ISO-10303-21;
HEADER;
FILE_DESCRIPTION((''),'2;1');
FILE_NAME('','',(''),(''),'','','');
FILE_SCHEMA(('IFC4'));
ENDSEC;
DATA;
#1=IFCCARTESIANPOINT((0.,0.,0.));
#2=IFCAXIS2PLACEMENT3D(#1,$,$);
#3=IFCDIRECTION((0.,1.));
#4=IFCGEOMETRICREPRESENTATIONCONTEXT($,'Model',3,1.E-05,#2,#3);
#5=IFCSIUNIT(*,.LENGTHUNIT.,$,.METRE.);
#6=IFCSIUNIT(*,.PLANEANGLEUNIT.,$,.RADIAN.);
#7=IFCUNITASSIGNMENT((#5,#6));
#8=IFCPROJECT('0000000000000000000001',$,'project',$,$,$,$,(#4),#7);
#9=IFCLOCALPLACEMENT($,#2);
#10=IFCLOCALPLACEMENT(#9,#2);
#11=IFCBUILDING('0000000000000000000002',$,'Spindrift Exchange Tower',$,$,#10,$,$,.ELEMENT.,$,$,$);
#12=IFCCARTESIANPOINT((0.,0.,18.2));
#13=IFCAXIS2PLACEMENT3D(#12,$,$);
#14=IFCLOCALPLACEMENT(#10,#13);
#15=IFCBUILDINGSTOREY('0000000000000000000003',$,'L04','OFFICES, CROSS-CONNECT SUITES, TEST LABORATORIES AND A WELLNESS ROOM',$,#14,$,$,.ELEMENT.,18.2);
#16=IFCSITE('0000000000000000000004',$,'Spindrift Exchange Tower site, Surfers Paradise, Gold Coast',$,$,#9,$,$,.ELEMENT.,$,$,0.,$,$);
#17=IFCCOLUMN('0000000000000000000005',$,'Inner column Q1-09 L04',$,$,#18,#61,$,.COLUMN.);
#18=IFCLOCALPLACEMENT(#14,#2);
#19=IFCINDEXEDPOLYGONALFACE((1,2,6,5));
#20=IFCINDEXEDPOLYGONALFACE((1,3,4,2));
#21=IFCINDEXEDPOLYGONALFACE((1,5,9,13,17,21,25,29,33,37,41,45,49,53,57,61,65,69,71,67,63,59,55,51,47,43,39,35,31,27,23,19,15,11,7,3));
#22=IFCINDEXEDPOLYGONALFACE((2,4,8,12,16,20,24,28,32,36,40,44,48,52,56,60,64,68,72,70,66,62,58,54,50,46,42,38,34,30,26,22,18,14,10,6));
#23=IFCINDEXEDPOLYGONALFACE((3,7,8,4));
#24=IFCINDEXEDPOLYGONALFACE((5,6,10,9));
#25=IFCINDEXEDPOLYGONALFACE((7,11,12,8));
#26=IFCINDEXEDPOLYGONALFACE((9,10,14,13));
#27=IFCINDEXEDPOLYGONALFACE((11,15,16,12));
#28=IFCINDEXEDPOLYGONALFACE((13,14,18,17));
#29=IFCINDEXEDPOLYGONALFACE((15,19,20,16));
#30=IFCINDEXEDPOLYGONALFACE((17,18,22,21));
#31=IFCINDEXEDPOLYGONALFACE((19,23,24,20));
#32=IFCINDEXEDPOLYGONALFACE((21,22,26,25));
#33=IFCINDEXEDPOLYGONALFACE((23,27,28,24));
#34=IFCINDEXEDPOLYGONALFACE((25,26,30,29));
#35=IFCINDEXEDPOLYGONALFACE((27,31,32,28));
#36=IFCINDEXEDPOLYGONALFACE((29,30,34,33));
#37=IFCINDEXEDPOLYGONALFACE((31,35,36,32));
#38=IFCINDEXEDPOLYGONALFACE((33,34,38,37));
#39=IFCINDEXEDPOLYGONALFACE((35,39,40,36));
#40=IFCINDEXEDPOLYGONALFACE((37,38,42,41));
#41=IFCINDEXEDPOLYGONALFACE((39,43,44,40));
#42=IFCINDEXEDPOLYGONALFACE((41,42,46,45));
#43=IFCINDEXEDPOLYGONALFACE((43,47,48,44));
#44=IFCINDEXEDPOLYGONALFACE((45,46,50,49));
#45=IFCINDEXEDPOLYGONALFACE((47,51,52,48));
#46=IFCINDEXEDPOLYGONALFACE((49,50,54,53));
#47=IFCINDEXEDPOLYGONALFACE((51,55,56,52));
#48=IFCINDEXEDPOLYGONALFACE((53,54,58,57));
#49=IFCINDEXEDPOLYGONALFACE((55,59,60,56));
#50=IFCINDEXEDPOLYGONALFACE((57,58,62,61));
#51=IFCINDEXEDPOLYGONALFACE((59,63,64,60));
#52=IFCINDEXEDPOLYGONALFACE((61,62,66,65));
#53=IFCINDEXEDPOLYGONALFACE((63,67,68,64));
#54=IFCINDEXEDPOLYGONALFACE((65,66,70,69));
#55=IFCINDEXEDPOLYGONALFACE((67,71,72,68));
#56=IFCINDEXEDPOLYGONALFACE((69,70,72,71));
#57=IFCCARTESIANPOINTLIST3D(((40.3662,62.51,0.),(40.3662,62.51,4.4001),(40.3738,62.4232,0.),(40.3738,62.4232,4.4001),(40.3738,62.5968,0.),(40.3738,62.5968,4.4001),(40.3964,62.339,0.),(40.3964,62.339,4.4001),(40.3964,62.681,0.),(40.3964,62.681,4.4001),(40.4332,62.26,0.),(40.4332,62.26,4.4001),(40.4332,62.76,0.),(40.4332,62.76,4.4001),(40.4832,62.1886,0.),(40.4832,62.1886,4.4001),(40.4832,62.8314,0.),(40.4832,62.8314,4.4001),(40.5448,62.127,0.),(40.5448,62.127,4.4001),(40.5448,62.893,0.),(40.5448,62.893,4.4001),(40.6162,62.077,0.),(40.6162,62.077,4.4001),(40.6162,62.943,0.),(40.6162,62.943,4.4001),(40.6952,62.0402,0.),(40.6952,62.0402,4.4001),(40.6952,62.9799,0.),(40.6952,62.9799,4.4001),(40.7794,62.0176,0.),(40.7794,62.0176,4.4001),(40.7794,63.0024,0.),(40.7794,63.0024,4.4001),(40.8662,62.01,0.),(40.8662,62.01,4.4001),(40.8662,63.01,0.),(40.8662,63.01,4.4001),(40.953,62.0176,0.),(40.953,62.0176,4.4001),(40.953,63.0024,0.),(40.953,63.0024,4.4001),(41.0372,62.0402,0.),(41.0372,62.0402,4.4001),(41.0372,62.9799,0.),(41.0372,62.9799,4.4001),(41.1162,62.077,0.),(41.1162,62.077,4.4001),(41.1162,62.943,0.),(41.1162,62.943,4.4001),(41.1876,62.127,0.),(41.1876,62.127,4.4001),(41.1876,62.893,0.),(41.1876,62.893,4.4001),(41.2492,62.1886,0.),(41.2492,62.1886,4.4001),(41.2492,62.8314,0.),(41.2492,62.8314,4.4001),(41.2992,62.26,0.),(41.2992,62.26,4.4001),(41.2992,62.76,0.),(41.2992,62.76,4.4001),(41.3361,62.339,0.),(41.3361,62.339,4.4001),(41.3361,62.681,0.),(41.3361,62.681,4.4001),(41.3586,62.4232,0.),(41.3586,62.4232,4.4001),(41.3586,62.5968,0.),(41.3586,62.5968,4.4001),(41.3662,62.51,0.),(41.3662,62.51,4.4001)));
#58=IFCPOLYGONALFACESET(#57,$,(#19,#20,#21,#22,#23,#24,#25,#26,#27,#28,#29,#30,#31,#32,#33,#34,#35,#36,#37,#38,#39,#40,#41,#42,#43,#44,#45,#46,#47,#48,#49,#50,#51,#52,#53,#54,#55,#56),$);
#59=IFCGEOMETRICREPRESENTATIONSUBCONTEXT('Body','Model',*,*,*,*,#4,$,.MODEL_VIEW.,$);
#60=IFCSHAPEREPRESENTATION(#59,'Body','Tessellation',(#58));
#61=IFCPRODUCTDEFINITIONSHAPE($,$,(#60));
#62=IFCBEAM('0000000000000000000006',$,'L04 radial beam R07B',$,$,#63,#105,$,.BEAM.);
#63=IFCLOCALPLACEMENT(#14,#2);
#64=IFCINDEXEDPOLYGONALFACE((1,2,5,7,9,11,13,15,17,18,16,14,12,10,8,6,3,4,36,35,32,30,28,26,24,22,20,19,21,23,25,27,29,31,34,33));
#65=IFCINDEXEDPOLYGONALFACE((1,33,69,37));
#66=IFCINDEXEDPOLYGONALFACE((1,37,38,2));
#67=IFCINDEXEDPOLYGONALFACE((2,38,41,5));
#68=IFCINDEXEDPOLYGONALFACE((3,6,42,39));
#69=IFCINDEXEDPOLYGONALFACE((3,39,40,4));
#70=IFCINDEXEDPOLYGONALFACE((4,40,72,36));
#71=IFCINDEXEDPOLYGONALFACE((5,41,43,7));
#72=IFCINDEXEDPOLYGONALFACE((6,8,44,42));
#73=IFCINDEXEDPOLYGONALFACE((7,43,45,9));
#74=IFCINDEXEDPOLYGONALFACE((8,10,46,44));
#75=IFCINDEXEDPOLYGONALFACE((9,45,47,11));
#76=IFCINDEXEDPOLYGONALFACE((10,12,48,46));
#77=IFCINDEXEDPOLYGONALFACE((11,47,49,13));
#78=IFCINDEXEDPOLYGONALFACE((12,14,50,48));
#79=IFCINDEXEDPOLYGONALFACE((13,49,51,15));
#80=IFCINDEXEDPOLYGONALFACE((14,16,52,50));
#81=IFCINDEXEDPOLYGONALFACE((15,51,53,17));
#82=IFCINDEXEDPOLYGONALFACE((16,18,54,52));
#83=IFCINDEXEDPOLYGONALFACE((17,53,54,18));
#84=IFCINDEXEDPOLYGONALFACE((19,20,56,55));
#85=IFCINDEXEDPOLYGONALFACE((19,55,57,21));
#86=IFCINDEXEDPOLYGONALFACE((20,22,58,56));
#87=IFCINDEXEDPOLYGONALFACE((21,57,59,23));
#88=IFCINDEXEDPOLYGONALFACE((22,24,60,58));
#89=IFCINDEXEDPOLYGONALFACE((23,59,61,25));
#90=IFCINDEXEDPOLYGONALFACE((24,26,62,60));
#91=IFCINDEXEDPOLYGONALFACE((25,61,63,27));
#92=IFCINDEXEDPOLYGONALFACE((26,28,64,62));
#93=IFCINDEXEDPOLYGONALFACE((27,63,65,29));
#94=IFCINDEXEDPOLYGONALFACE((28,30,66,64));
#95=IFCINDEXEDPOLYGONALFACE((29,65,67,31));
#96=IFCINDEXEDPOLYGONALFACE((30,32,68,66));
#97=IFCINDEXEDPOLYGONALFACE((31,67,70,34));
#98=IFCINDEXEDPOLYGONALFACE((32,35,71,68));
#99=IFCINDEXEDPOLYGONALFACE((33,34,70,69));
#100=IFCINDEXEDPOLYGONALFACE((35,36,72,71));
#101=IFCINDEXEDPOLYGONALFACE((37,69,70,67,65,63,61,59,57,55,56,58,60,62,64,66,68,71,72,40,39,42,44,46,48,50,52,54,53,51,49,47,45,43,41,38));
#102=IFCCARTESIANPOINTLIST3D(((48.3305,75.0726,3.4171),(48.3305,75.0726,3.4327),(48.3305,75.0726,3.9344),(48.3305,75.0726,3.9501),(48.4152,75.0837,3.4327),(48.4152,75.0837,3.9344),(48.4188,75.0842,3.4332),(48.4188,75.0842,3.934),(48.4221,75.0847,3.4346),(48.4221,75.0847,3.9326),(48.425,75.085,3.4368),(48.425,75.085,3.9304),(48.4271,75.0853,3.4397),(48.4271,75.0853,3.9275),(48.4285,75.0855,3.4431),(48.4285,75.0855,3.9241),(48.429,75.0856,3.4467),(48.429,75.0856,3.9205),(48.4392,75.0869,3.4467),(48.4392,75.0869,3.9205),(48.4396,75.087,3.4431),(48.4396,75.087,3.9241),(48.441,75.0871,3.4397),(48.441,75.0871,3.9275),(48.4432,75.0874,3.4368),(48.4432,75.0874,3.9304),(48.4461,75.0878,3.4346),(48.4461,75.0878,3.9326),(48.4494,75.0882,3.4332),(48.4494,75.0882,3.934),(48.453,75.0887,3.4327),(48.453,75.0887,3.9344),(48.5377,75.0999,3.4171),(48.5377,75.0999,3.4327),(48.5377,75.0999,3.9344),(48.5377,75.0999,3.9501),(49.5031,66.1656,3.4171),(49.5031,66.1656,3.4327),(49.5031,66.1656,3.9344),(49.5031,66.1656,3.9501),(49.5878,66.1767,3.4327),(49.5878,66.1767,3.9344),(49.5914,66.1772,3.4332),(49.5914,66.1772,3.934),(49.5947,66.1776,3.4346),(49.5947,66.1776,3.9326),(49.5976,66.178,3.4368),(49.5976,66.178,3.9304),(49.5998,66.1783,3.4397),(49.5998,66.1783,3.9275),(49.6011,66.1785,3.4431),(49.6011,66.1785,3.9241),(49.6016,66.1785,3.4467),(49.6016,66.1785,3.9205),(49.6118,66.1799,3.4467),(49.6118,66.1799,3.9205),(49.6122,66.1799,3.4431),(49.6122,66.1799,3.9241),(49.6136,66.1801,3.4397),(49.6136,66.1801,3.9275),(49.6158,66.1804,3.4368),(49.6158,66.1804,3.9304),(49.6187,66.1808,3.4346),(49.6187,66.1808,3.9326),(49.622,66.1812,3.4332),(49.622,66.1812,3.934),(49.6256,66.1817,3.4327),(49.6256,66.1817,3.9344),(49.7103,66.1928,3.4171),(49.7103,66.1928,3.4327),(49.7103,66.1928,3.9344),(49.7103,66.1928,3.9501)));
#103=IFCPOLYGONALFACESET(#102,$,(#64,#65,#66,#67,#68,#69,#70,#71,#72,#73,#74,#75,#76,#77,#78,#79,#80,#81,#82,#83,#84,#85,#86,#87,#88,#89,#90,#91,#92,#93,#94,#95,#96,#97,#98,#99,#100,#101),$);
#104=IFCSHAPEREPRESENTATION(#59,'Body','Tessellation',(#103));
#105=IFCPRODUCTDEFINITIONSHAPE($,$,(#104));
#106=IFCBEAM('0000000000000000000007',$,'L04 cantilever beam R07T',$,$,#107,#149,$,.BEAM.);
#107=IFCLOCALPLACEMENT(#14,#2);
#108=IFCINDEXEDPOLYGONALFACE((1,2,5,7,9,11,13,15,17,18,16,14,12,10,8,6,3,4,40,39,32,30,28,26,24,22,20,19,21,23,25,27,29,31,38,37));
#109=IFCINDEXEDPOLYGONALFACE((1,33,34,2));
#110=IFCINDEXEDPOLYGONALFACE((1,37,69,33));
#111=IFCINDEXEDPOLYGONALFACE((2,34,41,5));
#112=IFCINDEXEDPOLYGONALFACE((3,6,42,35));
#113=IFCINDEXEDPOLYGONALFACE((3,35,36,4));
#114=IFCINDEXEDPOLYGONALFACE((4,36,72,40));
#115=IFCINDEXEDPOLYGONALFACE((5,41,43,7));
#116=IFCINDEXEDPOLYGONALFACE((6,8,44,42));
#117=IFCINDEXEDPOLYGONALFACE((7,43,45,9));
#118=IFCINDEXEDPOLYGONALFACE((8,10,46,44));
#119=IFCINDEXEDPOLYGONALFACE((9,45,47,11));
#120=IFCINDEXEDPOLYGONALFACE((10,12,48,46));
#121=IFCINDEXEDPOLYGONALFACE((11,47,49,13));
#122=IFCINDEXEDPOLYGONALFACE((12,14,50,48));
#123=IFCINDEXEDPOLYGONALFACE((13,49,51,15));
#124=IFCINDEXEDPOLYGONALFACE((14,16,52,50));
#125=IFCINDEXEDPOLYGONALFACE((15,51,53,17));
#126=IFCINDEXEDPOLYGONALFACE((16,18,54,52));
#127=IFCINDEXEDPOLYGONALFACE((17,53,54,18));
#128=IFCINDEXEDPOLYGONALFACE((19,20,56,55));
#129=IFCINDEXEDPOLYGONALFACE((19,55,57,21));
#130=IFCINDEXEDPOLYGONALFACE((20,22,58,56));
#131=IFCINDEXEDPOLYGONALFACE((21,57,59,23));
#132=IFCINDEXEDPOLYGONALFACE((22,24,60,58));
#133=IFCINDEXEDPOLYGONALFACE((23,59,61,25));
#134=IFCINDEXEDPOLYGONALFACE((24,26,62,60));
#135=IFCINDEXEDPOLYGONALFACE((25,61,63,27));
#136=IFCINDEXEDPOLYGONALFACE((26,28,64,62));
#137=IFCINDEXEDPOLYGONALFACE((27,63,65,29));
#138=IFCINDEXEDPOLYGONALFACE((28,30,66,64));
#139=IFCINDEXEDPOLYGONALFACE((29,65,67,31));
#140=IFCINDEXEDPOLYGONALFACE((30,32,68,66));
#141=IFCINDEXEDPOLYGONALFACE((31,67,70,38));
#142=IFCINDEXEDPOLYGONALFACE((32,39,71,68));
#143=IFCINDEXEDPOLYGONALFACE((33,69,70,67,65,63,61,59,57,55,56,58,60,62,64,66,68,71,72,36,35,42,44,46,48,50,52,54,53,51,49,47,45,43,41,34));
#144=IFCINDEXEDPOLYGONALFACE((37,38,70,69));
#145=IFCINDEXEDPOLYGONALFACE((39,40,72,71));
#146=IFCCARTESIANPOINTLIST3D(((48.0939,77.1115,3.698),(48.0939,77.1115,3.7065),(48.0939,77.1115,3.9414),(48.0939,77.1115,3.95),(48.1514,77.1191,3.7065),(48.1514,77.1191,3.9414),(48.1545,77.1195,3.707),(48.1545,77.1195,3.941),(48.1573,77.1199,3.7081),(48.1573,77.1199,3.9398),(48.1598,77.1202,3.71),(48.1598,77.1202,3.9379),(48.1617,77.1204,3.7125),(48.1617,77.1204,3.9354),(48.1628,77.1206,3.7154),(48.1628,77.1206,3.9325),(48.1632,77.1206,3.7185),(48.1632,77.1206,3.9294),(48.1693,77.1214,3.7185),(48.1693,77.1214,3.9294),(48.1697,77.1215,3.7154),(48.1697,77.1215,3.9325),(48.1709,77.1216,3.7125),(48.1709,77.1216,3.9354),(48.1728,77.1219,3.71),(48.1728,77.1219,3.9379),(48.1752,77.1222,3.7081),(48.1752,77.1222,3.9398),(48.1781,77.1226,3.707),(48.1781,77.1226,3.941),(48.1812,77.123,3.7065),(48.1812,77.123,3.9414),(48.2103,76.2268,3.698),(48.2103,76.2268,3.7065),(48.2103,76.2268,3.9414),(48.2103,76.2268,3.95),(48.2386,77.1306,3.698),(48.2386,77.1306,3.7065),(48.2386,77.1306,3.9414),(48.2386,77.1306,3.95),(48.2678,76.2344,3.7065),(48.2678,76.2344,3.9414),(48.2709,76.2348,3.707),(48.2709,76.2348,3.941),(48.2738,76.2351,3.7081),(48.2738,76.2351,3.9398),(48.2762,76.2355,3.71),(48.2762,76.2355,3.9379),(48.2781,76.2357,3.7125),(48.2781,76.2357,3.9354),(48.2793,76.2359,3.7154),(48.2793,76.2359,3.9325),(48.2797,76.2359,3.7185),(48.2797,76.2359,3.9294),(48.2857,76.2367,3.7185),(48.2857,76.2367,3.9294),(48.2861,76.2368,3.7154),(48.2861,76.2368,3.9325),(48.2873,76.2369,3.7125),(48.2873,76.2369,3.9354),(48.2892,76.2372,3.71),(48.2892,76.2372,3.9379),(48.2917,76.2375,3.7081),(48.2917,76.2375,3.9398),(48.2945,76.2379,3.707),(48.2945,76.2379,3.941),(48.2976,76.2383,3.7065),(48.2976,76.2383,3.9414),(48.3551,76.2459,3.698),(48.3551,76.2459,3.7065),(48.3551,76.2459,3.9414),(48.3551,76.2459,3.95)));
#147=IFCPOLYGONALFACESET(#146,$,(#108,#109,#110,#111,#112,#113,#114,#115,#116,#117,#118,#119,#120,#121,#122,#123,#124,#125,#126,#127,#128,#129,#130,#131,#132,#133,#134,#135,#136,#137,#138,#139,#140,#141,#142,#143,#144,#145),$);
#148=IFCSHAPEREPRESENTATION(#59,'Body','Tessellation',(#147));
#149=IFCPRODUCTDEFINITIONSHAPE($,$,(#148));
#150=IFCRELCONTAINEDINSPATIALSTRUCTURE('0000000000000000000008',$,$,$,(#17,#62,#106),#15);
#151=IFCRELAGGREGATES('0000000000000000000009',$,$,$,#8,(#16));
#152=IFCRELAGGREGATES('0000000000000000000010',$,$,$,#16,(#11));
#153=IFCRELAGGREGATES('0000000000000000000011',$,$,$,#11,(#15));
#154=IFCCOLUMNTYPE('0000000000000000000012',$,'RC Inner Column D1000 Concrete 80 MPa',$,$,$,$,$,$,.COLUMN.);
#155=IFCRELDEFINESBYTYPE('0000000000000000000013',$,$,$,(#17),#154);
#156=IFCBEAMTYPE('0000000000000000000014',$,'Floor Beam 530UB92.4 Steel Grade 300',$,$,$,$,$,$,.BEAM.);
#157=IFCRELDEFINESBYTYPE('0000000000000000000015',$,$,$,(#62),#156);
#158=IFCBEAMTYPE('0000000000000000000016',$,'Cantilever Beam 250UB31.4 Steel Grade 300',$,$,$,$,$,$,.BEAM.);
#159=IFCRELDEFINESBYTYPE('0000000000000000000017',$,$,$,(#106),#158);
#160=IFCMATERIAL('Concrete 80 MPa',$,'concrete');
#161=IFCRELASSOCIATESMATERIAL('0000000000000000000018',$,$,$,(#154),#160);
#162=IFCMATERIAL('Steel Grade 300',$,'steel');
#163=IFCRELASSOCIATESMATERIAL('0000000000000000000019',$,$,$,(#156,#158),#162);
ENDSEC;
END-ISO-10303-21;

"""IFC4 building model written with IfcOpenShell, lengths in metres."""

from ifc_helpers import new_model, si_unit, direction, frame, origin, origin_2d, place, context, subcontext, project, spatial, circle, i_section, extrude, source, transform, mapped, material, material_profile, profile_set, type_object, element, save


model = new_model("IFC4")

# Units and contexts
model_context = context("Model", 3, precision=1e-05, world=origin(), true_north=direction((0.0, 1.0)))
body_context = subcontext(model_context, "Body", "Model", "MODEL_VIEW")
ifc_project = project(units=[si_unit("LENGTHUNIT", "METRE"), si_unit("PLANEANGLEUNIT", "RADIAN")], contexts=[model_context])

# Site, building, storey
site_placement = place(None, origin())
site = spatial("IfcSite", under=ifc_project, at=site_placement, Name="Spindrift Exchange Tower site, Surfers Paradise, Gold Coast", CompositionType="ELEMENT", RefElevation=0.0)
building_placement = place(site_placement, origin())
building = spatial("IfcBuilding", under=site, at=building_placement, Name="Spindrift Exchange Tower", CompositionType="ELEMENT")
storey_placement = place(building_placement, frame((0.0, 0.0, 18.2)))
storey = spatial("IfcBuildingStorey", under=building, at=storey_placement, Name="L04", Description="OFFICES, CROSS-CONNECT SUITES, TEST LABORATORIES AND A WELLNESS ROOM", CompositionType="ELEMENT", Elevation=18.2)

# Column
ifc_material_1 = material(Name="Concrete 80 MPa", Category="concrete")
ifc_material_profile_1 = material_profile(ifc_material_1, circle(Radius=0.5, at=origin_2d()), Name="RC D1000")
ifc_profile_set_1 = profile_set([ifc_material_profile_1], Name="Concrete 80 MPa")
column_type_1 = type_object("IfcColumnType", Name="RC Inner Column D1000 Concrete 80 MPa", PredefinedType="COLUMN", material=ifc_profile_set_1)
shared_shape_1 = source(origin(), body_context, "Body", "SweptSolid", [
    extrude(circle(Radius=0.5, at=origin_2d()), origin(), (0.0, 0.0, 1.0), 4.4001),
])
for number, where, z_axis, x_axis, name in (
    (1, (40.8662, 62.51, 0.0), (0.0, 0.0, 1.0), (1.0, 0.0, 0.0), "Inner column Q1-09 L04"),
):
    element("IfcColumn", number, at=place(storey_placement, frame(where, z_axis=z_axis, x_axis=x_axis)), inside=storey, type_object=column_type_1, Name=name, PredefinedType="COLUMN", context=body_context, shape_type="MappedRepresentation", body=[
        mapped(shared_shape_1, transform((0.0, 0.0, 0.0), scale=1.0)),
    ])

# Beams
ifc_material_2 = material(Name="Steel Grade 300", Category="steel")
ifc_material_profile_2 = material_profile(ifc_material_2, i_section(OverallWidth=0.209, OverallDepth=0.533, WebThickness=0.0103, FlangeThickness=0.0156, FilletRadius=0.0139, at=origin_2d()), Name="530UB92.4")
ifc_profile_set_2 = profile_set([ifc_material_profile_2], Name="Steel Grade 300")
beam_type_1 = type_object("IfcBeamType", Name="Floor Beam 530UB92.4 Steel Grade 300", PredefinedType="BEAM", material=ifc_profile_set_2)
shared_shape_2 = source(origin(), body_context, "Body", "SweptSolid", [
    extrude(i_section(OverallWidth=0.209, OverallDepth=0.533, WebThickness=0.0103, FlangeThickness=0.0156, FilletRadius=0.0139, at=origin_2d()), origin(), (0.0, 0.0, 1.0), 8.9839),
])
beam_1_placement = place(storey_placement, frame((49.6067, 66.1792, 3.6836), z_axis=(-0.130524, 0.991445, 0.0), x_axis=(-0.991445, -0.130524, 0.0)))
element("IfcBeam", 2, at=beam_1_placement, inside=storey, type_object=beam_type_1, Name="L04 radial beam R07B", PredefinedType="BEAM", context=body_context, shape_type="MappedRepresentation", body=[
    mapped(shared_shape_2, transform((0.0, 0.0, 0.0), scale=1.0)),
])
ifc_material_profile_3 = material_profile(ifc_material_2, i_section(OverallWidth=0.146, OverallDepth=0.252, WebThickness=0.0061, FlangeThickness=0.0085, FilletRadius=0.012, at=origin_2d()), Name="250UB31.4")
ifc_profile_set_3 = profile_set([ifc_material_profile_3], Name="Steel Grade 300")
beam_type_2 = type_object("IfcBeamType", Name="Cantilever Beam 250UB31.4 Steel Grade 300", PredefinedType="BEAM", material=ifc_profile_set_3)
shared_shape_3 = source(origin(), body_context, "Body", "SweptSolid", [
    extrude(i_section(OverallWidth=0.146, OverallDepth=0.252, WebThickness=0.0061, FlangeThickness=0.0085, FilletRadius=0.012, at=origin_2d()), origin(), (0.0, 0.0, 1.0), 0.8923),
])
beam_2_placement = place(storey_placement, frame((48.2827, 76.2363, 3.824), z_axis=(-0.130497, 0.991449, 0.0), x_axis=(-0.991449, -0.130497, 0.0)))
element("IfcBeam", 3, at=beam_2_placement, inside=storey, type_object=beam_type_2, Name="L04 cantilever beam R07T", PredefinedType="BEAM", context=body_context, shape_type="MappedRepresentation", body=[
    mapped(shared_shape_3, transform((0.0, 0.0, 0.0), scale=1.0)),
])

save(model, "model.ifc")
